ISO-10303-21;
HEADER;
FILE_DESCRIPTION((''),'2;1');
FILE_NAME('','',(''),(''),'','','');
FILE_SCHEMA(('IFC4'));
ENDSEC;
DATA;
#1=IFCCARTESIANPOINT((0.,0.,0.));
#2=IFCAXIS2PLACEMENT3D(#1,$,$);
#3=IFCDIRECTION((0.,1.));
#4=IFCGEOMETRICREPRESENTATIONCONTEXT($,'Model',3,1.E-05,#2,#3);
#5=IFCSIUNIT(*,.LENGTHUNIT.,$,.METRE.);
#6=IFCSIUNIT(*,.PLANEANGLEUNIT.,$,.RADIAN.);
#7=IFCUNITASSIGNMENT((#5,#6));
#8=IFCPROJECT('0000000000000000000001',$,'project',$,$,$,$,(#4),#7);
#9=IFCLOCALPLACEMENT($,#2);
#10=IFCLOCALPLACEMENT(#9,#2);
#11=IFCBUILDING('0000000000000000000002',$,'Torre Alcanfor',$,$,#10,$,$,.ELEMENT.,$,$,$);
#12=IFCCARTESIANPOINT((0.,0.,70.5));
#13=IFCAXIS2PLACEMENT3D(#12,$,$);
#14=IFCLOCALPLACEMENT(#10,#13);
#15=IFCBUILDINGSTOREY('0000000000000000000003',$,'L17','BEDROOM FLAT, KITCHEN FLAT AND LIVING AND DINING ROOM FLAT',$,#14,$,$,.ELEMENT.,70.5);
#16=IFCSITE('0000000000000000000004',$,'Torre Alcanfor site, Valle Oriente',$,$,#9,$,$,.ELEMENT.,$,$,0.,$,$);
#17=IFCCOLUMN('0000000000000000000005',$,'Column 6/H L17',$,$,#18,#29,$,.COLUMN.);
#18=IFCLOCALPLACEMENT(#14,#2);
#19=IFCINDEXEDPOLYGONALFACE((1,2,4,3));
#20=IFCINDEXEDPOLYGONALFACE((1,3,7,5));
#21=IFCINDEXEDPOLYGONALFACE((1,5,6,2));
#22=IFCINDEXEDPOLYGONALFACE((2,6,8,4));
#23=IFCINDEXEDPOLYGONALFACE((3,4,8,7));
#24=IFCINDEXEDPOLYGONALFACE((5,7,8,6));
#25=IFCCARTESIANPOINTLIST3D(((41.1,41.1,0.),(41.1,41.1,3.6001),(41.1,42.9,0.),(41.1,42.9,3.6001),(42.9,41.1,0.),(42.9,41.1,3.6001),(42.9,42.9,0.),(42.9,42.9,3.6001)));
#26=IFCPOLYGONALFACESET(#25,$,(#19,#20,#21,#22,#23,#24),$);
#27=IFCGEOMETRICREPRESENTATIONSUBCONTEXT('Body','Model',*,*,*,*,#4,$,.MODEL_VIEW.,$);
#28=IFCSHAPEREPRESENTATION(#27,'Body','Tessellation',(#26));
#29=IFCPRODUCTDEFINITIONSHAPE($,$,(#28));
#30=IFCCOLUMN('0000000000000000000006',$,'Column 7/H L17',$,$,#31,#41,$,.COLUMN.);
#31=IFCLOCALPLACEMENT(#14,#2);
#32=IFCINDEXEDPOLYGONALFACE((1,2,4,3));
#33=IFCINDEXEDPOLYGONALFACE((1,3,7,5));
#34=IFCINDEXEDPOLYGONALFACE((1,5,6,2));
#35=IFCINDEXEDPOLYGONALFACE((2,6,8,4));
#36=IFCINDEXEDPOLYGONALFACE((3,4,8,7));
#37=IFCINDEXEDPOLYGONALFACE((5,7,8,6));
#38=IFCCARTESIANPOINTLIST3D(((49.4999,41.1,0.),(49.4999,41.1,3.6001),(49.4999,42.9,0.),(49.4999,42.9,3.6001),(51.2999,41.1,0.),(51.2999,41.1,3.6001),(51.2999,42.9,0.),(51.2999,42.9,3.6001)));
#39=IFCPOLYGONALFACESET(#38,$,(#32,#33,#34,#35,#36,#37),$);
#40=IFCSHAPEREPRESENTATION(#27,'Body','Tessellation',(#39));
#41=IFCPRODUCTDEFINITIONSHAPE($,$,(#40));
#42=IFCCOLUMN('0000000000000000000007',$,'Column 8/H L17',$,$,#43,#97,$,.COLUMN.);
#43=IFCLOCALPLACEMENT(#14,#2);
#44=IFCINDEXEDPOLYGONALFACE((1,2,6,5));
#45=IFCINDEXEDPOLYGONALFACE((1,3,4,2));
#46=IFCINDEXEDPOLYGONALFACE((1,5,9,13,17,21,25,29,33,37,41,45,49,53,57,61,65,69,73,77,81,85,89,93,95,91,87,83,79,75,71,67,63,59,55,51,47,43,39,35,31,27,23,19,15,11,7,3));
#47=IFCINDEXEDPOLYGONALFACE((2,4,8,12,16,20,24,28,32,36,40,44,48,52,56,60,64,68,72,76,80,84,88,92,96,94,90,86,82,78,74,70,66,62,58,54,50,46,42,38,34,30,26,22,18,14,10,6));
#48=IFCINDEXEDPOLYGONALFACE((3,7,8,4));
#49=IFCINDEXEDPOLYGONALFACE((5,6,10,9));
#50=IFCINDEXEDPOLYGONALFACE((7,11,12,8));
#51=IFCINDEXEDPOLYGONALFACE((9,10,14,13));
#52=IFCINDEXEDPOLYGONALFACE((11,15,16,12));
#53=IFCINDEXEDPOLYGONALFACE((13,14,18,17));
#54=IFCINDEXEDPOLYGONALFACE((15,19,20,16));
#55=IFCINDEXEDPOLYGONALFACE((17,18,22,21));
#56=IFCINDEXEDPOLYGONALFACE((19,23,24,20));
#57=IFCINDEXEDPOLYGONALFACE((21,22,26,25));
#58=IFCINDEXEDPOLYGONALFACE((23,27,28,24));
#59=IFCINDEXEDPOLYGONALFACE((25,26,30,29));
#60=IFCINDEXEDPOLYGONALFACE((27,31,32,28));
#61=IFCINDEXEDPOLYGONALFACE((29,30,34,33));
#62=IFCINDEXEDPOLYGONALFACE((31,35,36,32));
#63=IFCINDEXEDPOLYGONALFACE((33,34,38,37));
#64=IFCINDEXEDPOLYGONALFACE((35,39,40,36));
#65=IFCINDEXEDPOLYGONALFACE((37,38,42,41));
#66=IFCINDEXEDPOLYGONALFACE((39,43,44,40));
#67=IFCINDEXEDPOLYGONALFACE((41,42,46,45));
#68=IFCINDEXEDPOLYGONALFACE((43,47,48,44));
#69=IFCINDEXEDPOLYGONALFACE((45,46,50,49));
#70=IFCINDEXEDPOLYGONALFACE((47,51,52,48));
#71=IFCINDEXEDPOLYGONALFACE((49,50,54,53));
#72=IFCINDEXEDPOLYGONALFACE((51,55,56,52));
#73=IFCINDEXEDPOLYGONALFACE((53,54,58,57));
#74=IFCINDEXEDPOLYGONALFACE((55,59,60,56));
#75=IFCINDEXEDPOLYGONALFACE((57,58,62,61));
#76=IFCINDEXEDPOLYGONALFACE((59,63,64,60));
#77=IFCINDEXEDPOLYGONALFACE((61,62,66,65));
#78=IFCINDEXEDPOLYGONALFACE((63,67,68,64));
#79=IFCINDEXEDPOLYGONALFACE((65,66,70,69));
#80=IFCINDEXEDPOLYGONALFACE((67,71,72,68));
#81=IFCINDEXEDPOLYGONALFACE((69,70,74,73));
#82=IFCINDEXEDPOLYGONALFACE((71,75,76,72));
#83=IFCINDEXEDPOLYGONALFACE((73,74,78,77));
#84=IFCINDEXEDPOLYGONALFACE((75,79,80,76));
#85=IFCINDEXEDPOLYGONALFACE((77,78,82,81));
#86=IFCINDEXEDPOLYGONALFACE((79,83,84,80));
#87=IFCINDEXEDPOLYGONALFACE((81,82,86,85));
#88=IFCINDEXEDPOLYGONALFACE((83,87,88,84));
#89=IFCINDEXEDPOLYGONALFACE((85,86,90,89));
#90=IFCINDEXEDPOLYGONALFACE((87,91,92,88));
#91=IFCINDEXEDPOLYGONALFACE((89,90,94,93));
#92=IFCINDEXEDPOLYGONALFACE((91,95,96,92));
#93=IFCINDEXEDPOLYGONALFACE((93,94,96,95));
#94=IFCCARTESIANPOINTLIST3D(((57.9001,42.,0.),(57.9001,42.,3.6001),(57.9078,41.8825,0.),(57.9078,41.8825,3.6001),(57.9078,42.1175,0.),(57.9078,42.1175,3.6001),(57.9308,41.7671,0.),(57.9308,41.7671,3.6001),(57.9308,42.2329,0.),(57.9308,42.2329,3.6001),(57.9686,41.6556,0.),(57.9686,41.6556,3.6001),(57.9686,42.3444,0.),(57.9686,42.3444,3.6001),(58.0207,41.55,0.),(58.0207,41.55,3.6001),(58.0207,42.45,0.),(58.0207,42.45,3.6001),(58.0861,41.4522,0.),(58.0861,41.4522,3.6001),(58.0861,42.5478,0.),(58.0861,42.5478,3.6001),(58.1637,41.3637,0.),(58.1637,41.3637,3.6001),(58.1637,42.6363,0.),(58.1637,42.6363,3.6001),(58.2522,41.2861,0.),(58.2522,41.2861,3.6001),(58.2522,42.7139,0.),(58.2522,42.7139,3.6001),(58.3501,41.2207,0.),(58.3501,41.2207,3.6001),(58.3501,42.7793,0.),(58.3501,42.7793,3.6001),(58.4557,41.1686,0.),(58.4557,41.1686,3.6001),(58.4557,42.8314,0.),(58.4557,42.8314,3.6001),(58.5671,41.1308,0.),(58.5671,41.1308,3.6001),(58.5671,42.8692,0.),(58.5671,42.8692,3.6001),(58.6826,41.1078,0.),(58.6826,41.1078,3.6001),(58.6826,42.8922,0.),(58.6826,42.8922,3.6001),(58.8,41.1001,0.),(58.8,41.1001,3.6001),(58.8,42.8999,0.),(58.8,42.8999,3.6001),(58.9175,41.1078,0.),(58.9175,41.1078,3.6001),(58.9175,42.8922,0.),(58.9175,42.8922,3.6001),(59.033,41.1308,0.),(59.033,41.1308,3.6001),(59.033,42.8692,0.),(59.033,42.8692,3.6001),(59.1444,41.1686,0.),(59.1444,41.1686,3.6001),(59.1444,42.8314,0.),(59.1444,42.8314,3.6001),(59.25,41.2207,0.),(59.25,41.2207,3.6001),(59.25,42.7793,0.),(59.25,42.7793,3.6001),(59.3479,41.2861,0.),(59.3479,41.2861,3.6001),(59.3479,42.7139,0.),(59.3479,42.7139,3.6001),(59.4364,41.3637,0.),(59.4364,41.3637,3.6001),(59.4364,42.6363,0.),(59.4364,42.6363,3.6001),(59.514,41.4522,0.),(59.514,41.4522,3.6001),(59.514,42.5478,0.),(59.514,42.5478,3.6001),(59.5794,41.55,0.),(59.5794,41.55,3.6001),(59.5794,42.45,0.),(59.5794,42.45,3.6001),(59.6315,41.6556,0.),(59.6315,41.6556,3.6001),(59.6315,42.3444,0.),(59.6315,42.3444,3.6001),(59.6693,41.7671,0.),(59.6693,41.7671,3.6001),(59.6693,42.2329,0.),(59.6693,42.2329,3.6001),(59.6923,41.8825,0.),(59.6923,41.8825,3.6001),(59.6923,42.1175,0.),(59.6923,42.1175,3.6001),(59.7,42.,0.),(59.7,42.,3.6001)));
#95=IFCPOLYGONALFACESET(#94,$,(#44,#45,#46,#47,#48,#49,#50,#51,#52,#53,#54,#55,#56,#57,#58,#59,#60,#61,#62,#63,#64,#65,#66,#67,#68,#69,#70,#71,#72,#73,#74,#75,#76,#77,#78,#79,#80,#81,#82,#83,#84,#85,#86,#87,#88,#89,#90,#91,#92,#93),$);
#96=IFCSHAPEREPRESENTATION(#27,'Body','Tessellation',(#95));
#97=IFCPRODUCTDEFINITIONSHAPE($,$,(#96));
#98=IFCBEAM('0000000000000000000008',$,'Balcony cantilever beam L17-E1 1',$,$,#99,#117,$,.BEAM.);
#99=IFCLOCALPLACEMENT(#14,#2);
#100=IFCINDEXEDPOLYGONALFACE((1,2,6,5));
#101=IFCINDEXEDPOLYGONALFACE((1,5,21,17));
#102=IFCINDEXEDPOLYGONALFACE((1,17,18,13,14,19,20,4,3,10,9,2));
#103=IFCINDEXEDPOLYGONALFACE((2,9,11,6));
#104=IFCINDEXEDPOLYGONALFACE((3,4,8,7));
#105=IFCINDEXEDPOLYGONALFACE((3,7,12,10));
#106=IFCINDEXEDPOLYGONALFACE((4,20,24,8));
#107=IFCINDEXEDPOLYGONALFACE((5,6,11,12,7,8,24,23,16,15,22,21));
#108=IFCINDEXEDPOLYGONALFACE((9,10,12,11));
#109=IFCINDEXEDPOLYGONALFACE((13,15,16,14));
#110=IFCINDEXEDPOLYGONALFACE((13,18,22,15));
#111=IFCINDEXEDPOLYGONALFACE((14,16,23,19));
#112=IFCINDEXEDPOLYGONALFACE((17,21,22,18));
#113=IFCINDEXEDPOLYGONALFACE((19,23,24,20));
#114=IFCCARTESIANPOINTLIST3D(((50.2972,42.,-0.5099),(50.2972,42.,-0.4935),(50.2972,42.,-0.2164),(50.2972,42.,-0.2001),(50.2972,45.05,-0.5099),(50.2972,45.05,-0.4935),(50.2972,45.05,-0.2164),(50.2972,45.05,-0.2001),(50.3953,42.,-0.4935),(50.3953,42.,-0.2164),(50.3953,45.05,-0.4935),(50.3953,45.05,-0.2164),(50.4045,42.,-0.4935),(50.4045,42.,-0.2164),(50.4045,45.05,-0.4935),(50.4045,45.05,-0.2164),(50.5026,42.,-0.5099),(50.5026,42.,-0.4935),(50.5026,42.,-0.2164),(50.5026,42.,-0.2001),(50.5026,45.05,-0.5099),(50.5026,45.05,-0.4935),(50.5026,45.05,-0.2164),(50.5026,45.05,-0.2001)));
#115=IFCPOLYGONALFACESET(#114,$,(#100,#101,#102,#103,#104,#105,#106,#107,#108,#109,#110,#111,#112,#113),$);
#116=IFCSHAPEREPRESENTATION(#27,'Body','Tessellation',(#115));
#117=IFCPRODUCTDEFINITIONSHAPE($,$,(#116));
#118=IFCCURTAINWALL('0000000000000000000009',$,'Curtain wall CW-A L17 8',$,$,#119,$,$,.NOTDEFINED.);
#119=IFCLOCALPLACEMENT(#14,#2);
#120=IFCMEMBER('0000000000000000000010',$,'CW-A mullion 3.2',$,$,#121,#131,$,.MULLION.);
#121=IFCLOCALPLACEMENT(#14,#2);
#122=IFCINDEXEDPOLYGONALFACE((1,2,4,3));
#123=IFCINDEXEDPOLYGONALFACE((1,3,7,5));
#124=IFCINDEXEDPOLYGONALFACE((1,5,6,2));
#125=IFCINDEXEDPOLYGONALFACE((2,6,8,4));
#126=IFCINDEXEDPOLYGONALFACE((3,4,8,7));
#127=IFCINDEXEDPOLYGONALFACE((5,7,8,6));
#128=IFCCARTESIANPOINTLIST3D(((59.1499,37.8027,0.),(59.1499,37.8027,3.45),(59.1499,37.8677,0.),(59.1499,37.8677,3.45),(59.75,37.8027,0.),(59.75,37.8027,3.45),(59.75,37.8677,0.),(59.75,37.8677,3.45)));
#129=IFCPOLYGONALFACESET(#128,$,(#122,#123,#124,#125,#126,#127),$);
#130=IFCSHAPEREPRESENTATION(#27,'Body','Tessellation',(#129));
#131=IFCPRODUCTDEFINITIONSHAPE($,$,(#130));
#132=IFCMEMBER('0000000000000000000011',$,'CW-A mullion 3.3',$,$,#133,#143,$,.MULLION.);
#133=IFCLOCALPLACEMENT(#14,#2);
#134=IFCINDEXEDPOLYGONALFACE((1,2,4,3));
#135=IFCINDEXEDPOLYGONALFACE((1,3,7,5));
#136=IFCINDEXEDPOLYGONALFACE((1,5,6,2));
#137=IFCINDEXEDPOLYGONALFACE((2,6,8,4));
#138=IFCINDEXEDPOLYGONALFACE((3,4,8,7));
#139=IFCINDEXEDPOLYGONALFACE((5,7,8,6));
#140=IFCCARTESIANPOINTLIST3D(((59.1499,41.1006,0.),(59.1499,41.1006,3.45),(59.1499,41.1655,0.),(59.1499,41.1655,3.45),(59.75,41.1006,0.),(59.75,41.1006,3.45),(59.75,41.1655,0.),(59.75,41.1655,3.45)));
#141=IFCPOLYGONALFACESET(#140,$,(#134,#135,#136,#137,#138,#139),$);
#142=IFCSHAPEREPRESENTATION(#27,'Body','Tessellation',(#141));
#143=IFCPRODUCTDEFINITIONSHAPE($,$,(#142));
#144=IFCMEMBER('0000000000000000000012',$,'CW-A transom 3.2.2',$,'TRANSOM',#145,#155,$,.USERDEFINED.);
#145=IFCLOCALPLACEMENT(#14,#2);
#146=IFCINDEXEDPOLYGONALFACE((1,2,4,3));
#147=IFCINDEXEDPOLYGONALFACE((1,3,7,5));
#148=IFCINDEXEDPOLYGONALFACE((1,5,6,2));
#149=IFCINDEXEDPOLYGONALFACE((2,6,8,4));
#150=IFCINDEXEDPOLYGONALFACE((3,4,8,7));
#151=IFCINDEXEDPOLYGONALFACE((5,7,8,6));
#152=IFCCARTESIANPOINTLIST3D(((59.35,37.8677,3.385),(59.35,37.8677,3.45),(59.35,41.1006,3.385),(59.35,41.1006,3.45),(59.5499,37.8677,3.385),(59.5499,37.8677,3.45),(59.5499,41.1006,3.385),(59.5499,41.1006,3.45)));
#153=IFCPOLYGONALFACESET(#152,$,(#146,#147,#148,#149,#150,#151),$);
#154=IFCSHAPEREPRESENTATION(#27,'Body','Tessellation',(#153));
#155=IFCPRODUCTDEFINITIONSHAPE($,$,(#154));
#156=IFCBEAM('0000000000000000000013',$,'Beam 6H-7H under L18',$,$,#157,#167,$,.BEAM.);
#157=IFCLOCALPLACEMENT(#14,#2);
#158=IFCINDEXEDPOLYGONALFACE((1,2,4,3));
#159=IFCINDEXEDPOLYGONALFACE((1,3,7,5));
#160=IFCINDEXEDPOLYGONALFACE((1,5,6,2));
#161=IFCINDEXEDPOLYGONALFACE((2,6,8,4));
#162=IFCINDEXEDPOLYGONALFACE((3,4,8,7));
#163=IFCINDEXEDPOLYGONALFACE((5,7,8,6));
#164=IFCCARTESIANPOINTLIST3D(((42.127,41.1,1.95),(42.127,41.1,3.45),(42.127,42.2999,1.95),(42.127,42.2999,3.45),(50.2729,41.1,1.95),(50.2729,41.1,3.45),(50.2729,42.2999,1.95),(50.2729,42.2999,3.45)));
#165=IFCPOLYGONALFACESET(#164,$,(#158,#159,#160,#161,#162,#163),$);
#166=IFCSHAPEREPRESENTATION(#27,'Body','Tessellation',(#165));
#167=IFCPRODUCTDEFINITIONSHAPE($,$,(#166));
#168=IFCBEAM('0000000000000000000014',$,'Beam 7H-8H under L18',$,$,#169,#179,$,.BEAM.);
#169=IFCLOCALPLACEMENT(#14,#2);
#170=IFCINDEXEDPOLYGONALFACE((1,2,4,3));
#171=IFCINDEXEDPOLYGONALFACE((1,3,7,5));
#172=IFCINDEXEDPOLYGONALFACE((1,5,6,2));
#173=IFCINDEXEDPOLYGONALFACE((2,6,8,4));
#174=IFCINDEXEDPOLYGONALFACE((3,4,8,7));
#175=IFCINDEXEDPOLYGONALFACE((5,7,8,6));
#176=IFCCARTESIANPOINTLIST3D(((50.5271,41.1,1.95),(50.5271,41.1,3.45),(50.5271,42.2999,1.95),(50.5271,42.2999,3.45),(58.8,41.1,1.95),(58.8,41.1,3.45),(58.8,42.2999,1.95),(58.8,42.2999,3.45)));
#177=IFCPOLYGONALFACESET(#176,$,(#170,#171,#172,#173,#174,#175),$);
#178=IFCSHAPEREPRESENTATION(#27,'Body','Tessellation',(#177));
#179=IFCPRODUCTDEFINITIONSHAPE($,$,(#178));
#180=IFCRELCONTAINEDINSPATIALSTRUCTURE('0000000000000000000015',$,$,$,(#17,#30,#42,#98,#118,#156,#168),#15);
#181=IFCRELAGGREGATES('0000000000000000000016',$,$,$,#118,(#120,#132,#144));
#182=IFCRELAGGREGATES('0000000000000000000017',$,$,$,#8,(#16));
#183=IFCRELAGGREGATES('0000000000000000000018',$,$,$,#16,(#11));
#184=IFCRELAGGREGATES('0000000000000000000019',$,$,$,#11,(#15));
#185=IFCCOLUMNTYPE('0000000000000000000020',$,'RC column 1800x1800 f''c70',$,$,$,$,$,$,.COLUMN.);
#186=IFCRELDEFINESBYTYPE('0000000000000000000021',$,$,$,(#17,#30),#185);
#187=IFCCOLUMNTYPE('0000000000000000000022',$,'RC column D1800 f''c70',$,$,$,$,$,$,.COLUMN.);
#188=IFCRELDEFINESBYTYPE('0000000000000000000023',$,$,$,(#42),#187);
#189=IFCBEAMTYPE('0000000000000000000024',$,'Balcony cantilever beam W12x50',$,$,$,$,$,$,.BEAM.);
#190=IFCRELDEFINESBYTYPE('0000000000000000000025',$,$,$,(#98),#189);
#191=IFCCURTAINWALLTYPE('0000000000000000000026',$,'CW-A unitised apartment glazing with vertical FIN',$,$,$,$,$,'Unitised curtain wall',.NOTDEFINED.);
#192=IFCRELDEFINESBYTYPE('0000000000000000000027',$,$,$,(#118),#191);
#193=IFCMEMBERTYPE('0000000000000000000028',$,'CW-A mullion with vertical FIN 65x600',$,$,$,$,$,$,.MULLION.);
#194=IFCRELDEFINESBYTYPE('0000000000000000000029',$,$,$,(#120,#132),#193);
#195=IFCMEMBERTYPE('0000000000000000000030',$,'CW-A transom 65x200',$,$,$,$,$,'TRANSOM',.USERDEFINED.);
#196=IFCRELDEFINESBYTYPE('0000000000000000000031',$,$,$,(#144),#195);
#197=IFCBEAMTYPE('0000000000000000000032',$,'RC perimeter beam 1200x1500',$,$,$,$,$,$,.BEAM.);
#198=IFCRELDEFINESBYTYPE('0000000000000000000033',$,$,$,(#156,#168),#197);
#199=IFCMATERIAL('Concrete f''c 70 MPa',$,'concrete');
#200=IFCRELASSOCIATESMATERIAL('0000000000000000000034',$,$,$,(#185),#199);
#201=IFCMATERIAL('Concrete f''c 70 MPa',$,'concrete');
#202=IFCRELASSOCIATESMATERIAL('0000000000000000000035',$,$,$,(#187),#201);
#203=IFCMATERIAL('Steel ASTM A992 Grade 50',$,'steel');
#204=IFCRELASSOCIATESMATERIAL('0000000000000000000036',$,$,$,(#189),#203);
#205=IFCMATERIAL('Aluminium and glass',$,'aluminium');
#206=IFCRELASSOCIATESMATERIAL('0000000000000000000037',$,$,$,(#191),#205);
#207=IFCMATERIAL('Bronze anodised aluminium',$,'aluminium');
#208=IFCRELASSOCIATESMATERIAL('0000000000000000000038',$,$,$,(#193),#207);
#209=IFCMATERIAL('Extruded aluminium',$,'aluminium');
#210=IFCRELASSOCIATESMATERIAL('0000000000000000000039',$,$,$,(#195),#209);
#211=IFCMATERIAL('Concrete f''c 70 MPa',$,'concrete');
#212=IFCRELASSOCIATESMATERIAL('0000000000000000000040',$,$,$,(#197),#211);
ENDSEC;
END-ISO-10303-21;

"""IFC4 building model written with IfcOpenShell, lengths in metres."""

from ifc_helpers import new_model, si_unit, direction, frame, origin, origin_2d, place, context, subcontext, project, spatial, rectangle, circle, i_section, extrude, material, material_profile, profile_set, type_object, element, aggregate, save


model = new_model("IFC4")

# Units and contexts
model_context = context("Model", 3, precision=1e-05, world=origin(), true_north=direction((0.0, 1.0)))
body_context = subcontext(model_context, "Body", "Model", "MODEL_VIEW")
ifc_project = project(units=[si_unit("LENGTHUNIT", "METRE"), si_unit("PLANEANGLEUNIT", "RADIAN")], contexts=[model_context])

# Site, building, storey
site_placement = place(None, origin())
site = spatial("IfcSite", under=ifc_project, at=site_placement, Name="Torre Alcanfor site, Valle Oriente", CompositionType="ELEMENT", RefElevation=0.0)
building_placement = place(site_placement, origin())
building = spatial("IfcBuilding", under=site, at=building_placement, Name="Torre Alcanfor", CompositionType="ELEMENT")
storey_placement = place(building_placement, frame((0.0, 0.0, 70.5)))
storey = spatial("IfcBuildingStorey", under=building, at=storey_placement, Name="L17", Description="BEDROOM FLAT, KITCHEN FLAT AND LIVING AND DINING ROOM FLAT", CompositionType="ELEMENT", Elevation=70.5)

# Columns
ifc_material_1 = material(Name="Concrete f'c 70 MPa", Category="concrete")
ifc_material_profile_1 = material_profile(ifc_material_1, rectangle(XDim=1.8, YDim=1.8, at=origin_2d()), Name="1800x1800")
ifc_profile_set_1 = profile_set([ifc_material_profile_1], Name="Concrete f'c 70 MPa")
column_type_1 = type_object("IfcColumnType", Name="RC column 1800x1800 f'c70", PredefinedType="COLUMN", material=ifc_profile_set_1)
for number, where, z_axis, x_axis, name in (
    (1, (42.0, 42.0, 0.0), (0.0, 0.0, 1.0), (1.0, 0.0, 0.0), "Column 6/H L17"),
    (2, (50.3999, 42.0, 0.0), (0.0, 0.0, 1.0), (1.0, 0.0, 0.0), "Column 7/H L17"),
):
    element("IfcColumn", number, at=place(storey_placement, frame(where, z_axis=z_axis, x_axis=x_axis)), inside=storey, type_object=column_type_1, Name=name, PredefinedType="COLUMN", context=body_context, shape_type="SweptSolid", body=[
        extrude(rectangle(XDim=1.8, YDim=1.8, at=origin_2d()), origin(), (0.0, 0.0, 1.0), 3.6001),
    ])
ifc_material_2 = material(Name="Concrete f'c 70 MPa", Category="concrete")
ifc_material_profile_2 = material_profile(ifc_material_2, circle(Radius=0.8999, at=origin_2d()), Name="D1800")
ifc_profile_set_2 = profile_set([ifc_material_profile_2], Name="Concrete f'c 70 MPa")
column_type_2 = type_object("IfcColumnType", Name="RC column D1800 f'c70", PredefinedType="COLUMN", material=ifc_profile_set_2)
column_placement = place(storey_placement, frame((58.8, 42.0, 0.0), z_axis=(0.0, 0.0, 1.0), x_axis=(1.0, 0.0, 0.0)))
element("IfcColumn", 3, at=column_placement, inside=storey, type_object=column_type_2, Name="Column 8/H L17", PredefinedType="COLUMN", context=body_context, shape_type="SweptSolid", body=[
    extrude(circle(Radius=0.8999, at=origin_2d()), origin(), (0.0, 0.0, 1.0), 3.6001),
])

# Beam
ifc_material_3 = material(Name="Steel ASTM A992 Grade 50", Category="steel")
ifc_material_profile_3 = material_profile(ifc_material_3, i_section(OverallWidth=0.2053, OverallDepth=0.3098, WebThickness=0.0093, FlangeThickness=0.0164, at=origin_2d()), Name="W12x50")
ifc_profile_set_3 = profile_set([ifc_material_profile_3], Name="Steel ASTM A992 Grade 50")
beam_type_1 = type_object("IfcBeamType", Name="Balcony cantilever beam W12x50", PredefinedType="BEAM", material=ifc_profile_set_3)
beam_1_placement = place(storey_placement, frame((50.3999, 42.0, -0.355), z_axis=(0.0, 1.0, 0.0), x_axis=(-1.0, 0.0, 0.0)))
element("IfcBeam", 4, at=beam_1_placement, inside=storey, type_object=beam_type_1, Name="Balcony cantilever beam L17-E1 1", PredefinedType="BEAM", context=body_context, shape_type="SweptSolid", body=[
    extrude(i_section(OverallWidth=0.2053, OverallDepth=0.3098, WebThickness=0.0093, FlangeThickness=0.0164, at=origin_2d()), origin(), (0.0, 0.0, 1.0), 3.05),
])

# Curtain wall, members
ifc_material_4 = material(Name="Aluminium and glass", Category="aluminium")
curtain_wall_type = type_object("IfcCurtainWallType", Name="CW-A unitised apartment glazing with vertical FIN", ElementType="Unitised curtain wall", PredefinedType="NOTDEFINED", material=ifc_material_4)
curtain_wall_placement = place(storey_placement, origin())
curtain_wall = element("IfcCurtainWall", 5, at=curtain_wall_placement, inside=storey, type_object=curtain_wall_type, Name="Curtain wall CW-A L17 8", PredefinedType="NOTDEFINED")
ifc_material_5 = material(Name="Bronze anodised aluminium", Category="aluminium")
ifc_material_profile_4 = material_profile(ifc_material_5, rectangle(XDim=0.6001, YDim=0.0649, at=origin_2d()), Name="CW-A mullion 65x600")
ifc_profile_set_4 = profile_set([ifc_material_profile_4], Name="Bronze anodised aluminium")
member_type_1 = type_object("IfcMemberType", Name="CW-A mullion with vertical FIN 65x600", PredefinedType="MULLION", material=ifc_profile_set_4)
member_1_placement = place(storey_placement, frame((59.45, 37.8352, 0.0), z_axis=(0.0, 0.0, 1.0), x_axis=(-1.0, 0.0, 0.0)))
member_1 = element("IfcMember", 6, at=member_1_placement, type_object=member_type_1, Name="CW-A mullion 3.2", PredefinedType="MULLION", context=body_context, shape_type="SweptSolid", body=[
    extrude(rectangle(XDim=0.6001, YDim=0.0649, at=origin_2d()), origin(), (0.0, 0.0, 1.0), 3.45),
])
member_2_placement = place(storey_placement, frame((59.45, 41.1331, 0.0), z_axis=(0.0, 0.0, 1.0), x_axis=(-1.0, 0.0, 0.0)))
member_2 = element("IfcMember", 7, at=member_2_placement, type_object=member_type_1, Name="CW-A mullion 3.3", PredefinedType="MULLION", context=body_context, shape_type="SweptSolid", body=[
    extrude(rectangle(XDim=0.6001, YDim=0.0649, at=origin_2d()), origin(), (0.0, 0.0, 1.0), 3.45),
])
ifc_material_6 = material(Name="Extruded aluminium", Category="aluminium")
ifc_material_profile_5 = material_profile(ifc_material_6, rectangle(XDim=0.2, YDim=0.0649, at=origin_2d()), Name="CW-A transom 200x65")
ifc_profile_set_5 = profile_set([ifc_material_profile_5], Name="Extruded aluminium")
member_type_2 = type_object("IfcMemberType", Name="CW-A transom 65x200", ElementType="TRANSOM", PredefinedType="USERDEFINED", material=ifc_profile_set_5)
member_3_placement = place(storey_placement, frame((59.45, 37.8677, 3.4175), z_axis=(0.0, 1.0, 0.0), x_axis=(-1.0, 0.0, 0.0)))
member_3 = element("IfcMember", 8, at=member_3_placement, type_object=member_type_2, Name="CW-A transom 3.2.2", ObjectType="TRANSOM", PredefinedType="USERDEFINED", context=body_context, shape_type="SweptSolid", body=[
    extrude(rectangle(XDim=0.2, YDim=0.0649, at=origin_2d()), origin(), (0.0, 0.0, 1.0), 3.2329),
])

# Beams
ifc_material_7 = material(Name="Concrete f'c 70 MPa", Category="concrete")
ifc_material_profile_6 = material_profile(ifc_material_7, rectangle(XDim=1.2, YDim=1.5, at=origin_2d()), Name="1200x1500")
ifc_profile_set_6 = profile_set([ifc_material_profile_6], Name="Concrete f'c 70 MPa")
beam_type_2 = type_object("IfcBeamType", Name="RC perimeter beam 1200x1500", PredefinedType="BEAM", material=ifc_profile_set_6)
beam_2_placement = place(storey_placement, frame((42.127, 41.7, 2.7), z_axis=(1.0, 0.0, 0.0), x_axis=(0.0, 1.0, 0.0)))
element("IfcBeam", 9, at=beam_2_placement, inside=storey, type_object=beam_type_2, Name="Beam 6H-7H under L18", PredefinedType="BEAM", context=body_context, shape_type="SweptSolid", body=[
    extrude(rectangle(XDim=1.2, YDim=1.5, at=origin_2d()), origin(), (0.0, 0.0, 1.0), 8.146),
])
beam_3_placement = place(storey_placement, frame((50.5271, 41.7, 2.7), z_axis=(1.0, 0.0, 0.0), x_axis=(0.0, 1.0, 0.0)))
element("IfcBeam", 10, at=beam_3_placement, inside=storey, type_object=beam_type_2, Name="Beam 7H-8H under L18", PredefinedType="BEAM", context=body_context, shape_type="SweptSolid", body=[
    extrude(rectangle(XDim=1.2, YDim=1.5, at=origin_2d()), origin(), (0.0, 0.0, 1.0), 8.2729),
])

aggregate(curtain_wall, [member_1, member_2, member_3])

save(model, "model.ifc")
